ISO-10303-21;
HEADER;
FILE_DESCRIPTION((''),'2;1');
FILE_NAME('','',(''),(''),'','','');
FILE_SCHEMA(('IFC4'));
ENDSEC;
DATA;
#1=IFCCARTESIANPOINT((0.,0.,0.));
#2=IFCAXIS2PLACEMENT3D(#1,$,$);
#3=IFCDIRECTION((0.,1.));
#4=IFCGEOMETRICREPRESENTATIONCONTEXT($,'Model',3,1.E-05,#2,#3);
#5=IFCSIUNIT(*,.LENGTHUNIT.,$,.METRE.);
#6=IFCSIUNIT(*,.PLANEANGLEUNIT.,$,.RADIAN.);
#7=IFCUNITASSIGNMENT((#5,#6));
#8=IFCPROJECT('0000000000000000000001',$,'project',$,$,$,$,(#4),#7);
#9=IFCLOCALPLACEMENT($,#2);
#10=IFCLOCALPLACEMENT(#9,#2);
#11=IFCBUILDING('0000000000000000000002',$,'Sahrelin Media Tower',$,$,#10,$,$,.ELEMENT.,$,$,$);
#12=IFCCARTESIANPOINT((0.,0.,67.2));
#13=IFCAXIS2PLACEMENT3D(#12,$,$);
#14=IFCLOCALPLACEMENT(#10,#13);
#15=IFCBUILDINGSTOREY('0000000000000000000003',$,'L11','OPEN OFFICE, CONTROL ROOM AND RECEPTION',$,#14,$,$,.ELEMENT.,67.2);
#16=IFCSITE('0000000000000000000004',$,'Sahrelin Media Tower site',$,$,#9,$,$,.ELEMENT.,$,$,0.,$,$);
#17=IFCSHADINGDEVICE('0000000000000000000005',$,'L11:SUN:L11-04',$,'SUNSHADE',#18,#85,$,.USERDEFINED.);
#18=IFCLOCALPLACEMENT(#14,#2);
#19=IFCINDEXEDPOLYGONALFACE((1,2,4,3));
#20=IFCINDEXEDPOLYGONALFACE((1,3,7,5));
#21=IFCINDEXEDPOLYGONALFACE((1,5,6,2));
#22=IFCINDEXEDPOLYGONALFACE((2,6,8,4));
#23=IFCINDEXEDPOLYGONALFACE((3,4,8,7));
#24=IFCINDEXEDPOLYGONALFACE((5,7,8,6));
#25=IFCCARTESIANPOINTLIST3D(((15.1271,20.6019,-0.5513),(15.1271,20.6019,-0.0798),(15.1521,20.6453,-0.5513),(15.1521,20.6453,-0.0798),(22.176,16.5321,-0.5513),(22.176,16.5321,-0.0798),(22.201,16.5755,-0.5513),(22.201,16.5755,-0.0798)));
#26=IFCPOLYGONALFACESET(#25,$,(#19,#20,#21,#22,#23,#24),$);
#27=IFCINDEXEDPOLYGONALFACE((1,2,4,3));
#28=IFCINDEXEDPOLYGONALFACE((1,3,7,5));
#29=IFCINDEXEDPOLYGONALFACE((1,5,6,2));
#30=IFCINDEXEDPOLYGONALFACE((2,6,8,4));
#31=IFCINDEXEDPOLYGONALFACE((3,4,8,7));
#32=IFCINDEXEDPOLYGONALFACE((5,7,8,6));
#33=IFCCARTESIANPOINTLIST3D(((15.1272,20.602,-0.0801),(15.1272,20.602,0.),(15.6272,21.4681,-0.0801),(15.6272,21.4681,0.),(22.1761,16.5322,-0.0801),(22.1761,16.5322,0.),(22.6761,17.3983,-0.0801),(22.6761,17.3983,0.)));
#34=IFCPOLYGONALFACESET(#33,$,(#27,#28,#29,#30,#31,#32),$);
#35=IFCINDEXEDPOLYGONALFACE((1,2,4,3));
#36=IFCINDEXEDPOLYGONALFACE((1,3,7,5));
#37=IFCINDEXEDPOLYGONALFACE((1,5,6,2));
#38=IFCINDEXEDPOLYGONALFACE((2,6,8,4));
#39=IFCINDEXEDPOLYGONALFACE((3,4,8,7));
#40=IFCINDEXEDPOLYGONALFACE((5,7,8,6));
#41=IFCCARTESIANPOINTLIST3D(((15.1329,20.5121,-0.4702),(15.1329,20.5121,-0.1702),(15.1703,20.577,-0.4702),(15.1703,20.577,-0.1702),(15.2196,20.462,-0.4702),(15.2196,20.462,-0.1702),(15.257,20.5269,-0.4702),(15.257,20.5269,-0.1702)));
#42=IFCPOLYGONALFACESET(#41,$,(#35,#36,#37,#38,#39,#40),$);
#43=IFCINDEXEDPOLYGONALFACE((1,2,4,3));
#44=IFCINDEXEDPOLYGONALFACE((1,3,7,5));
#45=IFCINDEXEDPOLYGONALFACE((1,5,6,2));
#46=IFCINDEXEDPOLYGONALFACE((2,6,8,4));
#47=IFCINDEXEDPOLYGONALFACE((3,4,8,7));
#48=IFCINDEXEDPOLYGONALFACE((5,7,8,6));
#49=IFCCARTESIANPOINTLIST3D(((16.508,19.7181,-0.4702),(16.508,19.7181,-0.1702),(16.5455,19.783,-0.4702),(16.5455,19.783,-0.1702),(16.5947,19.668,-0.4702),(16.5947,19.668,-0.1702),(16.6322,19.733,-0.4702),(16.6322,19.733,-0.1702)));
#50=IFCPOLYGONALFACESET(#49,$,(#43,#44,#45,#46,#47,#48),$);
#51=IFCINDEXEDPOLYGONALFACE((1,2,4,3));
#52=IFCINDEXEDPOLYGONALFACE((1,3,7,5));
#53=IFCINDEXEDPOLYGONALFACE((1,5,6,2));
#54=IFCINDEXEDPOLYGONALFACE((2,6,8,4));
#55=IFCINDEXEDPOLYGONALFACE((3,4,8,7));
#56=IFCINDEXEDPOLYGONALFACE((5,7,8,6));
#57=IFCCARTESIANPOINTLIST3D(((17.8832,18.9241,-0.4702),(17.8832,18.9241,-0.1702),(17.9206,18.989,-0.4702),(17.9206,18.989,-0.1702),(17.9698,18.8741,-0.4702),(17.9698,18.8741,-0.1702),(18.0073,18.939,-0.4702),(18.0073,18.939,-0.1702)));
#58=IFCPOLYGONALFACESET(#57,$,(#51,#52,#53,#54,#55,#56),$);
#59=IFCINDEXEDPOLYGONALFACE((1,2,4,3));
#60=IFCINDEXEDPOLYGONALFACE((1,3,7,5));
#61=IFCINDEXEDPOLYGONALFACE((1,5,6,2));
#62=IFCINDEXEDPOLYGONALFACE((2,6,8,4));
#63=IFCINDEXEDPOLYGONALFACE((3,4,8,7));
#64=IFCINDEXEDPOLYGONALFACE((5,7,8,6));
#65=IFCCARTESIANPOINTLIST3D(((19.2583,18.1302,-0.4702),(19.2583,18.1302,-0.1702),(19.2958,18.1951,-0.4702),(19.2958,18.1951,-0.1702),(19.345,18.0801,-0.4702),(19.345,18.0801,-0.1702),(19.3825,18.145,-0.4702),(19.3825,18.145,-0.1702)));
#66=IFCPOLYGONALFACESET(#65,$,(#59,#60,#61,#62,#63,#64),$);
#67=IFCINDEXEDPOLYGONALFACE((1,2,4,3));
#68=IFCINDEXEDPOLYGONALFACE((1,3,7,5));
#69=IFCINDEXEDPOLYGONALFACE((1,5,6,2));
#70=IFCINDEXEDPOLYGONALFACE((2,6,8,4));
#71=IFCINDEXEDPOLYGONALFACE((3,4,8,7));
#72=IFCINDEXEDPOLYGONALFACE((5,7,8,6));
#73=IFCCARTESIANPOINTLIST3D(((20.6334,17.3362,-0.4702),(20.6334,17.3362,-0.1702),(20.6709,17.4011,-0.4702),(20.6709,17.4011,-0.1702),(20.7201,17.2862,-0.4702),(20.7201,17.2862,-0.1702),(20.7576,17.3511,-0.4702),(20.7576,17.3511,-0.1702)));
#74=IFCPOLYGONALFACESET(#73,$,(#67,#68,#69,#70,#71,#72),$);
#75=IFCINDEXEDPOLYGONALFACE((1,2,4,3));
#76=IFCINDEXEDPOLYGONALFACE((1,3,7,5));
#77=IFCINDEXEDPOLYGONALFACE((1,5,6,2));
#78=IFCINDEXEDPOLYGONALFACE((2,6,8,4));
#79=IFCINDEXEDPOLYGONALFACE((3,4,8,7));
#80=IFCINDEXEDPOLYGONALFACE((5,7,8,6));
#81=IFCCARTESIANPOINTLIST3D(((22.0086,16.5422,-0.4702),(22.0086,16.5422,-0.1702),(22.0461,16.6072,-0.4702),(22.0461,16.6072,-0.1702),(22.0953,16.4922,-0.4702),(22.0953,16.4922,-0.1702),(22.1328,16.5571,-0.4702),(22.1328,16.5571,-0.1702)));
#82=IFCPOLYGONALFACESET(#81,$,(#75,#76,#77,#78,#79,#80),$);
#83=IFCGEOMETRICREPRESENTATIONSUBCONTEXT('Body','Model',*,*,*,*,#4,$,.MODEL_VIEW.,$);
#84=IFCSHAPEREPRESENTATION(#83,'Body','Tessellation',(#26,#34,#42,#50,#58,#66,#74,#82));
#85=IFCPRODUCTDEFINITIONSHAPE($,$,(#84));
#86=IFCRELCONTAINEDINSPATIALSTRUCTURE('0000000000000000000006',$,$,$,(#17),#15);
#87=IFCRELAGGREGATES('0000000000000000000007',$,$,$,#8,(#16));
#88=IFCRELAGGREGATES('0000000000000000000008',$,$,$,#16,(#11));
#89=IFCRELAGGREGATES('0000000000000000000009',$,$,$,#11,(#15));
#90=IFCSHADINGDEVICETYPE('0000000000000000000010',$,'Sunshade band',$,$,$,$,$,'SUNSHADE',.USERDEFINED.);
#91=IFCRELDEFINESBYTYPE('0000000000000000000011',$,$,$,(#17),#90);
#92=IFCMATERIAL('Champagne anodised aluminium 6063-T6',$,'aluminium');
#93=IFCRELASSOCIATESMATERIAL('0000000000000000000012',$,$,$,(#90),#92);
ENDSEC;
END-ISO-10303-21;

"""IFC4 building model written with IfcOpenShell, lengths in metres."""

from ifc_helpers import new_model, si_unit, direction, frame, origin, origin_2d, place, context, subcontext, project, spatial, rectangle, extrude, material, type_object, element, save


model = new_model("IFC4")

# Units and contexts
model_context = context("Model", 3, precision=1e-05, world=origin(), true_north=direction((0.0, 1.0)))
body_context = subcontext(model_context, "Body", "Model", "MODEL_VIEW")
ifc_project = project(units=[si_unit("LENGTHUNIT", "METRE"), si_unit("PLANEANGLEUNIT", "RADIAN")], contexts=[model_context])

# Site, building, storey
site_placement = place(None, origin())
site = spatial("IfcSite", under=ifc_project, at=site_placement, Name="Sahrelin Media Tower site", CompositionType="ELEMENT", RefElevation=0.0)
building_placement = place(site_placement, origin())
building = spatial("IfcBuilding", under=site, at=building_placement, Name="Sahrelin Media Tower", CompositionType="ELEMENT")
storey_placement = place(building_placement, frame((0.0, 0.0, 67.2)))
storey = spatial("IfcBuildingStorey", under=building, at=storey_placement, Name="L11", Description="OPEN OFFICE, CONTROL ROOM AND RECEPTION", CompositionType="ELEMENT", Elevation=67.2)

# Shared definitions
ifc_material_1 = material(Name="Champagne anodised aluminium 6063-T6", Category="aluminium")

# Shared definitions
placement = place(storey_placement, frame((18.6416, 18.5498, 0.0), z_axis=(0.0, 0.0, 1.0), x_axis=(0.866019, -0.500011, 0.0)))

# Shading device
shading_device_type_1 = type_object("IfcShadingDeviceType", Name="Sunshade band", ElementType="SUNSHADE", PredefinedType="USERDEFINED", material=ifc_material_1)
element("IfcShadingDevice", 1, at=placement, inside=storey, type_object=shading_device_type_1, Name="L11:SUN:L11-04", ObjectType="SUNSHADE", PredefinedType="USERDEFINED", context=body_context, shape_type="SweptSolid", body=[
    extrude(rectangle(XDim=8.1394, YDim=0.05, at=origin_2d()), frame((0.0, 0.0449, -0.5513)), (0.0, 0.0, 1.0), 0.4714),
    extrude(rectangle(XDim=8.1394, YDim=1.0, at=origin_2d()), frame((0.0, 0.52, -0.0801)), (0.0, 0.0, 1.0), 0.0801),
    extrude(rectangle(XDim=0.1001, YDim=0.075, at=origin_2d()), frame((-3.9697, -0.0176, -0.4702)), (0.0, 0.0, 1.0), 0.3),
    extrude(rectangle(XDim=0.1001, YDim=0.075, at=origin_2d()), frame((-2.3818, -0.0176, -0.4702)), (0.0, 0.0, 1.0), 0.3),
    extrude(rectangle(XDim=0.1001, YDim=0.075, at=origin_2d()), frame((-0.7939, -0.0176, -0.4702)), (0.0, 0.0, 1.0), 0.3),
    extrude(rectangle(XDim=0.1001, YDim=0.075, at=origin_2d()), frame((0.7939, -0.0176, -0.4702)), (0.0, 0.0, 1.0), 0.3),
    extrude(rectangle(XDim=0.1001, YDim=0.075, at=origin_2d()), frame((2.3818, -0.0176, -0.4702)), (0.0, 0.0, 1.0), 0.3),
    extrude(rectangle(XDim=0.1001, YDim=0.075, at=origin_2d()), frame((3.9697, -0.0176, -0.4702)), (0.0, 0.0, 1.0), 0.3),
])

save(model, "model.ifc")
